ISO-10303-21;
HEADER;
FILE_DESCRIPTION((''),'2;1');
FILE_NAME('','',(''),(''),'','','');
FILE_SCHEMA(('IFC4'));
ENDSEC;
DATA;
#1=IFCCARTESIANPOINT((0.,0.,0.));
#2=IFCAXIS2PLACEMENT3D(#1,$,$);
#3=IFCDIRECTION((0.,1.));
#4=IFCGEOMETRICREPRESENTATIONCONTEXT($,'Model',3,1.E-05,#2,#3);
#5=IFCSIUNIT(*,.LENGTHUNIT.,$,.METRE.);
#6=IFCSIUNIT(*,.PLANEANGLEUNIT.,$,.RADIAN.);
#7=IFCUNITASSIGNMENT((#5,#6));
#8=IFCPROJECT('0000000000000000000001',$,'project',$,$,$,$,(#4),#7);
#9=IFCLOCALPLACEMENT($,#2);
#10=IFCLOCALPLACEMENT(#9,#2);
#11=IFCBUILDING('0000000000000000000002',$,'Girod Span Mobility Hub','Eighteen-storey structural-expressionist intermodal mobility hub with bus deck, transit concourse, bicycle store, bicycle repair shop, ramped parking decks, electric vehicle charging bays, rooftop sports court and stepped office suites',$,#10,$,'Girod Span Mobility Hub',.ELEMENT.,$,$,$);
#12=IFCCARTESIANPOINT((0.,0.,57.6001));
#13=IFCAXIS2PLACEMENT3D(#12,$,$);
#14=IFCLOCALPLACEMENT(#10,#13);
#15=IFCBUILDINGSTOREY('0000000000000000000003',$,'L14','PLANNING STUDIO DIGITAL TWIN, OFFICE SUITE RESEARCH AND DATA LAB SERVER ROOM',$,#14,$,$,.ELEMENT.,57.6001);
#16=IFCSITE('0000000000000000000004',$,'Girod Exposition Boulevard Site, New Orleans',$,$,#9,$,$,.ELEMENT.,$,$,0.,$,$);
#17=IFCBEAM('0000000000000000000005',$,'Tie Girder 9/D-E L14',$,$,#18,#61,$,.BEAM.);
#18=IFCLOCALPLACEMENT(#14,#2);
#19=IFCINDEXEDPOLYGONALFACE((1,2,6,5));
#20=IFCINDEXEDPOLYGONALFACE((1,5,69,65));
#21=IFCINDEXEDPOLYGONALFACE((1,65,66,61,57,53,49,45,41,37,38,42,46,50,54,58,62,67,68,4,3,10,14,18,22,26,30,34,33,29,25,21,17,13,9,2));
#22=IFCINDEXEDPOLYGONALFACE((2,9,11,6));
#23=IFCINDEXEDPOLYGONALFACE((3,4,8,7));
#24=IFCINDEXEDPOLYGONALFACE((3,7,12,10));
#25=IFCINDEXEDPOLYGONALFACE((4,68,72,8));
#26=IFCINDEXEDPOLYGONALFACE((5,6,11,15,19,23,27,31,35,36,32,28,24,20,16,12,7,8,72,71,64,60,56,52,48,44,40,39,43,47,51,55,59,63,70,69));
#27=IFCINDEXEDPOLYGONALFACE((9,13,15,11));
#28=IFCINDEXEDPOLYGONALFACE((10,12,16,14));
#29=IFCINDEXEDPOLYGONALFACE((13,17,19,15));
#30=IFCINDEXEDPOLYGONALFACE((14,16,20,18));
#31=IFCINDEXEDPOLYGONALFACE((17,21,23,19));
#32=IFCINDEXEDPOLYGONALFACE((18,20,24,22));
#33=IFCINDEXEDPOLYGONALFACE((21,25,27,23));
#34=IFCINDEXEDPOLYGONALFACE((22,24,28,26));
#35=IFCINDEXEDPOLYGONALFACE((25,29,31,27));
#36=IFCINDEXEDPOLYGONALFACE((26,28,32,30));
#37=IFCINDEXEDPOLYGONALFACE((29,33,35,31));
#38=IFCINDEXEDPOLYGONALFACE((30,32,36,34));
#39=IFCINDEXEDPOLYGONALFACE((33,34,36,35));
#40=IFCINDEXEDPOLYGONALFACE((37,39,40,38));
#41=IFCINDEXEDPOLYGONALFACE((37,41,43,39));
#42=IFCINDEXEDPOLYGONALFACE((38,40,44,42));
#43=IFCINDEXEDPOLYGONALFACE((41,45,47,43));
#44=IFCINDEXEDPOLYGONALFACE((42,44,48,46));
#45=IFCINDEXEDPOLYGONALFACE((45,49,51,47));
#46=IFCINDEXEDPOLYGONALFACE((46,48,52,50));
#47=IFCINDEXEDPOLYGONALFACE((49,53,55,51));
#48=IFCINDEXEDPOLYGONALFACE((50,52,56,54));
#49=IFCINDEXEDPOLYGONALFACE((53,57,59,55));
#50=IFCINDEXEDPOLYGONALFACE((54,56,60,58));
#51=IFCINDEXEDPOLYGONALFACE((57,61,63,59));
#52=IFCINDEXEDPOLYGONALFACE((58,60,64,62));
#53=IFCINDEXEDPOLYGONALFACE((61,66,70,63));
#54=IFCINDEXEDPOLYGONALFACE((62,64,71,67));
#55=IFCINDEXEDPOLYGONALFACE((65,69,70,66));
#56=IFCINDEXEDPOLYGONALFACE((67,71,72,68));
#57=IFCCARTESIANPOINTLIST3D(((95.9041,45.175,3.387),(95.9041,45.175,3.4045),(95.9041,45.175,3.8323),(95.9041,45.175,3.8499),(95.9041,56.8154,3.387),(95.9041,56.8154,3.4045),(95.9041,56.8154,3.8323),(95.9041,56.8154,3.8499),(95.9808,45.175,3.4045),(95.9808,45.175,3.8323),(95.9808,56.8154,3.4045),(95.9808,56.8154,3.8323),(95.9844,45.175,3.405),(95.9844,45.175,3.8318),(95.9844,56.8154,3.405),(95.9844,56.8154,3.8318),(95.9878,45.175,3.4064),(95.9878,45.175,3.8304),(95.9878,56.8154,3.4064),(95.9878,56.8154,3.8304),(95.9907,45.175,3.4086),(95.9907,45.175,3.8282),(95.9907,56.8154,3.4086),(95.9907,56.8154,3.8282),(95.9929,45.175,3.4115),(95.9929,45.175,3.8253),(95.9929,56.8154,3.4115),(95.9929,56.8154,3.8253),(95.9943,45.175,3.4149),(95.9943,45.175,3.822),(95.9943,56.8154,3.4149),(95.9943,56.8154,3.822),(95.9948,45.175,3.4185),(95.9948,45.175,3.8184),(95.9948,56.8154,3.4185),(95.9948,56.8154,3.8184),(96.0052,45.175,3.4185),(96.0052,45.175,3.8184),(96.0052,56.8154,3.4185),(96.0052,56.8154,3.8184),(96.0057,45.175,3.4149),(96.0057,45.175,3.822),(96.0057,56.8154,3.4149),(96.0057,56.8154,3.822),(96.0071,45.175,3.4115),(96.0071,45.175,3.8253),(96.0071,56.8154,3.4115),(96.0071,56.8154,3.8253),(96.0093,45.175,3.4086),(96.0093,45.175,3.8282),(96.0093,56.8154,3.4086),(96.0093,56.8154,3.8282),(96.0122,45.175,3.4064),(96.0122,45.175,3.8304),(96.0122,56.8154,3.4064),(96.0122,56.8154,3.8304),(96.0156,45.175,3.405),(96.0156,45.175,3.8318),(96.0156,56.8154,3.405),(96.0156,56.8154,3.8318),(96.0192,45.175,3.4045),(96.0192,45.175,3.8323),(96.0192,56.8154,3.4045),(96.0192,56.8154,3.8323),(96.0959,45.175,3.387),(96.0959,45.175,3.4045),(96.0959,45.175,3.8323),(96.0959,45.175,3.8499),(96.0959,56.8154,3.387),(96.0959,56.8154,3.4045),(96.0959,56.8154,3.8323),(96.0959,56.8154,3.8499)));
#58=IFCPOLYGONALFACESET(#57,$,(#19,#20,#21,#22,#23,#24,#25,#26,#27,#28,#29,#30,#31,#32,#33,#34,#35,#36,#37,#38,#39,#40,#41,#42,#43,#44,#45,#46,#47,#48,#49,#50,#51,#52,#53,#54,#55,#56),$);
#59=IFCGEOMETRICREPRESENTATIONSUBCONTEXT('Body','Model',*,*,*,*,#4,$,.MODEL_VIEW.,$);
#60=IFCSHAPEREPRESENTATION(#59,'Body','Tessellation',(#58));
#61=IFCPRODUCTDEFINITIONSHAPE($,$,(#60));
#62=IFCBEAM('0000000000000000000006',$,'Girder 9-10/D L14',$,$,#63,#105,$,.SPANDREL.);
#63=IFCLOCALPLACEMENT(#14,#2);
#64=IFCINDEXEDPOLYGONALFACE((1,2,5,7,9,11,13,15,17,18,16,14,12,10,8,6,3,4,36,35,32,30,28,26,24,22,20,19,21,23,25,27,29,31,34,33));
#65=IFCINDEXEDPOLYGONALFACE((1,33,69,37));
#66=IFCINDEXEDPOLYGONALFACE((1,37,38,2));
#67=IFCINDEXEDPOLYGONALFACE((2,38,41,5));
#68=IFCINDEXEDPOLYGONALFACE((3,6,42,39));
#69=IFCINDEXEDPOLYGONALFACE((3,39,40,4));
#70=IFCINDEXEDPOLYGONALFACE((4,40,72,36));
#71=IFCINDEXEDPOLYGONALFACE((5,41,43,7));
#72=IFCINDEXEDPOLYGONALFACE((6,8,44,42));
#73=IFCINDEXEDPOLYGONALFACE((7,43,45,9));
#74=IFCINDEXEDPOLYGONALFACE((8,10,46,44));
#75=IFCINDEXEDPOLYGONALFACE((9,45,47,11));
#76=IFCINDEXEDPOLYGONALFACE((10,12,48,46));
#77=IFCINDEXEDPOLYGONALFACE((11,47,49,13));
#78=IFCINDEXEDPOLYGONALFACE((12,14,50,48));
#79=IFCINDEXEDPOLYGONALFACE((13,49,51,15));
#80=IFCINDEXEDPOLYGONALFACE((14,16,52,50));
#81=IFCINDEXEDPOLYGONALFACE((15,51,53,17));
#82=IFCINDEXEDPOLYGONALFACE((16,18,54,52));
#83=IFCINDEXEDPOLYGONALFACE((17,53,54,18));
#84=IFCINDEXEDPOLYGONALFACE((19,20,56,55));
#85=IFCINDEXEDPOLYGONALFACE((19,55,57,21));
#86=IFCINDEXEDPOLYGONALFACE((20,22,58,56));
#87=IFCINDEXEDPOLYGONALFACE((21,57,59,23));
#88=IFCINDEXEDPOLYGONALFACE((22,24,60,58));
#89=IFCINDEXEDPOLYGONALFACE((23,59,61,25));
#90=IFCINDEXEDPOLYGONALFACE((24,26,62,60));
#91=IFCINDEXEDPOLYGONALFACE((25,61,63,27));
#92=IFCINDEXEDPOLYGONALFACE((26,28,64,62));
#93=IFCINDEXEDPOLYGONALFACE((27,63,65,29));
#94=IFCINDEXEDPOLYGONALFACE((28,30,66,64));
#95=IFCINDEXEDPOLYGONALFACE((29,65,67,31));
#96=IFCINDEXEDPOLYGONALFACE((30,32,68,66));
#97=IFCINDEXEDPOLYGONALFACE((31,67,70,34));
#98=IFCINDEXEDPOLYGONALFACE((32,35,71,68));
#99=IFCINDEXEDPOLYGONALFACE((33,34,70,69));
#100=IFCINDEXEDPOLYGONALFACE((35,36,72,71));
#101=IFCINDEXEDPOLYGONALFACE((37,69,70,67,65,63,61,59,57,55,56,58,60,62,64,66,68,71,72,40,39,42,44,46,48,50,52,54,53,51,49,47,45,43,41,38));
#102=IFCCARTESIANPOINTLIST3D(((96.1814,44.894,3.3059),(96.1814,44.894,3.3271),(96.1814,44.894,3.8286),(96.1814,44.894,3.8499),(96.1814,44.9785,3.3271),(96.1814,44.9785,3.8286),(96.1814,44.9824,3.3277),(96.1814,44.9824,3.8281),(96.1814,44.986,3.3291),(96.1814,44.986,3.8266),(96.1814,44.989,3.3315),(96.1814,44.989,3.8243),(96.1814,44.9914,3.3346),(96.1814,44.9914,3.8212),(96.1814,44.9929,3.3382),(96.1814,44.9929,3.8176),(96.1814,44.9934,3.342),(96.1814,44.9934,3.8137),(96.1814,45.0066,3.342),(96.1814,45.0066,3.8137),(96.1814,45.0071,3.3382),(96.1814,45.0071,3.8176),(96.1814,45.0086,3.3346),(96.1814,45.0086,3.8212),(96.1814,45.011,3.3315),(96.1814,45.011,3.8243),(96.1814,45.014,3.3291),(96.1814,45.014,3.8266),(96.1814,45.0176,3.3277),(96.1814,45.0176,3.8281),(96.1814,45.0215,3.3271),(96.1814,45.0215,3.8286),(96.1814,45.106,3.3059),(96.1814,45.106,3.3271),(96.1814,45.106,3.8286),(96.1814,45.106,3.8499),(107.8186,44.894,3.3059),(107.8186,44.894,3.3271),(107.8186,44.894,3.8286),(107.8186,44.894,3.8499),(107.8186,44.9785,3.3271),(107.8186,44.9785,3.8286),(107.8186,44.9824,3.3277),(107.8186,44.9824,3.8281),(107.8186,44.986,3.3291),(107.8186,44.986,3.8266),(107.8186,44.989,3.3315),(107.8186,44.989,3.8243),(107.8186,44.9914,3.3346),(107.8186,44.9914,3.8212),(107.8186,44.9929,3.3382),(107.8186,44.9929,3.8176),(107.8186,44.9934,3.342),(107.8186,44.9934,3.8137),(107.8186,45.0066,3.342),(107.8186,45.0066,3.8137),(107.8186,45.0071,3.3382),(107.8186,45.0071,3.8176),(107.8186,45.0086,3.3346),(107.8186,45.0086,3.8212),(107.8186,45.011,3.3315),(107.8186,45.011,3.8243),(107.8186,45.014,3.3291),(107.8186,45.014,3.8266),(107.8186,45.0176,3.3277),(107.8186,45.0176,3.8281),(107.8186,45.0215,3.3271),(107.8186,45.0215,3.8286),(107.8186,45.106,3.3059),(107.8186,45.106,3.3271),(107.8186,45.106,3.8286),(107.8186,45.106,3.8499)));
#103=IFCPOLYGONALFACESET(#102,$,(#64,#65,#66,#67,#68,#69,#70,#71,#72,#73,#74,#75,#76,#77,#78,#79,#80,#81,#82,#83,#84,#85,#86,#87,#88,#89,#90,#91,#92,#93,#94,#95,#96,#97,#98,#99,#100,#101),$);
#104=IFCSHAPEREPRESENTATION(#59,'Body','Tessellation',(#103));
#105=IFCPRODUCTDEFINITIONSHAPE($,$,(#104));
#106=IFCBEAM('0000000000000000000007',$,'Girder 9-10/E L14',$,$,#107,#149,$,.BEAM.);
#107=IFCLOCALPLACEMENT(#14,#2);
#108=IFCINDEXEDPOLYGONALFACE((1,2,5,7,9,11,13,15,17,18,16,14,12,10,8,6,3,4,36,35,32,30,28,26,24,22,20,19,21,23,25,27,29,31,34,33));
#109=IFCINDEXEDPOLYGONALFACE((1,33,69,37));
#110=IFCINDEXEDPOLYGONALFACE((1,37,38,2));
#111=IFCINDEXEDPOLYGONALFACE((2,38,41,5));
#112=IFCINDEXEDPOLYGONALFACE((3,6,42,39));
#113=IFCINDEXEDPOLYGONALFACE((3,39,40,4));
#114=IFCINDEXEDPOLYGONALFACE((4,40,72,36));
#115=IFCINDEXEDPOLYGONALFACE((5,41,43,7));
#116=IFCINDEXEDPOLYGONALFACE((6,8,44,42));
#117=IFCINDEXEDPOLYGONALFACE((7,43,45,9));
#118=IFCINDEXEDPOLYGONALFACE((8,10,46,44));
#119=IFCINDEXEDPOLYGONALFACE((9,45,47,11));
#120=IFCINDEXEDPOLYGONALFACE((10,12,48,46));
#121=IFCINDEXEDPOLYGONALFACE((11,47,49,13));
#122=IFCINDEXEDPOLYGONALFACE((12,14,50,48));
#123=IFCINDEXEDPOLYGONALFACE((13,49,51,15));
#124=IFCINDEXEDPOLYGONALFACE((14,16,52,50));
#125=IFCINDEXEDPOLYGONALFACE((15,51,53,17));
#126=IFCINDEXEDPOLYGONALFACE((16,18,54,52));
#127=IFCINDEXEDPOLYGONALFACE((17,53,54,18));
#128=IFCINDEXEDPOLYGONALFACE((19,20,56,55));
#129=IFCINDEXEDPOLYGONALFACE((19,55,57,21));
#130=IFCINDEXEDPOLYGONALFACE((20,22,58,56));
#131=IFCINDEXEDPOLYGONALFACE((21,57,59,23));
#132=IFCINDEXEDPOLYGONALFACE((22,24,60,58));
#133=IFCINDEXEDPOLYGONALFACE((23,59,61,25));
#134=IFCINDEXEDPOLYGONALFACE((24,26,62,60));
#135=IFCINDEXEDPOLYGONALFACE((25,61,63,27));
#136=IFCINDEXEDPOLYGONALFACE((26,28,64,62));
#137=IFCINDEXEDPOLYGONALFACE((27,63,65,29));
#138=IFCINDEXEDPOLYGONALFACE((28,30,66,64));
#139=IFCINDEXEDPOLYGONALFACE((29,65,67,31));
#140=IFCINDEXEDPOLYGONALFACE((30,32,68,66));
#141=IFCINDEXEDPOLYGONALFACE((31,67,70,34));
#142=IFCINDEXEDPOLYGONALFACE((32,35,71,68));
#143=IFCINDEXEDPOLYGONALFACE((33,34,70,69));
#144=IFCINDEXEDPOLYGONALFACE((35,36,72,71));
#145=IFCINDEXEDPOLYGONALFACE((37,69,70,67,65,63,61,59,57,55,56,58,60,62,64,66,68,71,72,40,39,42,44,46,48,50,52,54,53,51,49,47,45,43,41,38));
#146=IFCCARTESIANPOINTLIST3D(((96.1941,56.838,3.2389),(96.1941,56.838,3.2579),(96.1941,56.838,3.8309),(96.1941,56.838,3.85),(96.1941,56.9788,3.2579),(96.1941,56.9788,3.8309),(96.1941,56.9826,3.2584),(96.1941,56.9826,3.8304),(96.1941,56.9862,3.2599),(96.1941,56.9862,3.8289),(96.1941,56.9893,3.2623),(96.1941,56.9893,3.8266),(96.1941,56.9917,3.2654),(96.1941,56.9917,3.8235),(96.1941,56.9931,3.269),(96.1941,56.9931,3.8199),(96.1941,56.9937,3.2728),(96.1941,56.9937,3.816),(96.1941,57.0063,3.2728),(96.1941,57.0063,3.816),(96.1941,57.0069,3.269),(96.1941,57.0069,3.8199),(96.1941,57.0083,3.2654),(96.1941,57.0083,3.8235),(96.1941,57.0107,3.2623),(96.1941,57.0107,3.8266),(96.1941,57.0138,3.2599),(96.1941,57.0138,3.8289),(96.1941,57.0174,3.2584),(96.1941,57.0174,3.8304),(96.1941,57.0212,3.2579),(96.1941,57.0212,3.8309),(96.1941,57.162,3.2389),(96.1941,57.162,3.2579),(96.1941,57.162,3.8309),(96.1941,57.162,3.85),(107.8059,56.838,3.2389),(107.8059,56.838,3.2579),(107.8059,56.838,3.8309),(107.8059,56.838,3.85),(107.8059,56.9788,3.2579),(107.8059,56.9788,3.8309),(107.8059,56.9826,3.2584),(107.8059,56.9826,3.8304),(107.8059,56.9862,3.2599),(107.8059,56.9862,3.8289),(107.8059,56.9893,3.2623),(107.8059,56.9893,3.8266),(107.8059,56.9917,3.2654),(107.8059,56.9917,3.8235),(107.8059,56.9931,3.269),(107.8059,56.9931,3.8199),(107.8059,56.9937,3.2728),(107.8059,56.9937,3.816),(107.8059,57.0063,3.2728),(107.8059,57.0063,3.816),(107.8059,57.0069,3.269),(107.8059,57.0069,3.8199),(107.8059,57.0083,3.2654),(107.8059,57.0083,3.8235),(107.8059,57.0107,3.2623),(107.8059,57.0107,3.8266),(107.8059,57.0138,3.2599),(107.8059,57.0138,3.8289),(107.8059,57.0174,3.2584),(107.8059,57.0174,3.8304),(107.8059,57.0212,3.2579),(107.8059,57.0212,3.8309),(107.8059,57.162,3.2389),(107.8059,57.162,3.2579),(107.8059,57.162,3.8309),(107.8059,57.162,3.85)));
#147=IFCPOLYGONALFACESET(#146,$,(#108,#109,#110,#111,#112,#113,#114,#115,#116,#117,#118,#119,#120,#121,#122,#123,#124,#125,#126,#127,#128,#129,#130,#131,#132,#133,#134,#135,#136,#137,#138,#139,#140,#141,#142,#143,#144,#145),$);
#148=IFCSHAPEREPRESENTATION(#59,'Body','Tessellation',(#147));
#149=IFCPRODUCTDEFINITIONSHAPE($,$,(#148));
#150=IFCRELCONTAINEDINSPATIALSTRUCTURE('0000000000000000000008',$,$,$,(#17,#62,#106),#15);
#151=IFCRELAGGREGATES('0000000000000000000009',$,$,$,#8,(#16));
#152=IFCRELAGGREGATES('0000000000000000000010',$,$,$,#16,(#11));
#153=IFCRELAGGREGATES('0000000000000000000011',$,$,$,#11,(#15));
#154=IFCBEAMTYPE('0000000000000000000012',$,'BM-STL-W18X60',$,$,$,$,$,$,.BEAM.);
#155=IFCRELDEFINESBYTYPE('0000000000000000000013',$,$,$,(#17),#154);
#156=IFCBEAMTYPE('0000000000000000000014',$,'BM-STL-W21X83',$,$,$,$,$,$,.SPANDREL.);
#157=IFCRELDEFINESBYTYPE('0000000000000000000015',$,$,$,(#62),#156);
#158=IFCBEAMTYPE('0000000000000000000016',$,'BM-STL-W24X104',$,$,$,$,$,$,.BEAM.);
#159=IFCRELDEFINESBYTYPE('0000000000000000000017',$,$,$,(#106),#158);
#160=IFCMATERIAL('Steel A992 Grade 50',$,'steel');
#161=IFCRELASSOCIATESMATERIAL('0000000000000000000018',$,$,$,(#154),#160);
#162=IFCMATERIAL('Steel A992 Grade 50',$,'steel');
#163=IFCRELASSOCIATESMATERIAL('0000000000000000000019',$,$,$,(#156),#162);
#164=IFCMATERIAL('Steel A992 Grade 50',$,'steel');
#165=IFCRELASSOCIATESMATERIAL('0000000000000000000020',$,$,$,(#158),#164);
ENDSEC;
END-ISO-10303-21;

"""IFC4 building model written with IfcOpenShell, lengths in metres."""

from ifc_helpers import new_model, si_unit, direction, frame, origin, origin_2d, place, context, subcontext, project, spatial, i_section, extrude, material, material_profile, profile_set, type_object, element, save


model = new_model("IFC4")

# Units and contexts
model_context = context("Model", 3, precision=1e-05, world=origin(), true_north=direction((0.0, 1.0)))
body_context = subcontext(model_context, "Body", "Model", "MODEL_VIEW")
ifc_project = project(units=[si_unit("LENGTHUNIT", "METRE"), si_unit("PLANEANGLEUNIT", "RADIAN")], contexts=[model_context])

# Site, building, storey
site_placement = place(None, origin())
site = spatial("IfcSite", under=ifc_project, at=site_placement, Name="Girod Exposition Boulevard Site, New Orleans", CompositionType="ELEMENT", RefElevation=0.0)
building_placement = place(site_placement, origin())
building = spatial("IfcBuilding", under=site, at=building_placement, Name="Girod Span Mobility Hub", Description="Eighteen-storey structural-expressionist intermodal mobility hub with bus deck, transit concourse, bicycle store, bicycle repair shop, ramped parking decks, electric vehicle charging bays, rooftop sports court and stepped office suites", LongName="Girod Span Mobility Hub", CompositionType="ELEMENT")
storey_placement = place(building_placement, frame((0.0, 0.0, 57.6001)))
storey = spatial("IfcBuildingStorey", under=building, at=storey_placement, Name="L14", Description="PLANNING STUDIO DIGITAL TWIN, OFFICE SUITE RESEARCH AND DATA LAB SERVER ROOM", CompositionType="ELEMENT", Elevation=57.6001)

# Beams
ifc_material_1 = material(Name="Steel A992 Grade 50", Category="steel")
ifc_material_profile_1 = material_profile(ifc_material_1, i_section(OverallWidth=0.1919, OverallDepth=0.4629, WebThickness=0.0105, FlangeThickness=0.0176, FilletRadius=0.0139, at=origin_2d()), Name="W18X60")
ifc_profile_set_1 = profile_set([ifc_material_profile_1], Name="Steel A992 Grade 50")
beam_type_1 = type_object("IfcBeamType", Name="BM-STL-W18X60", PredefinedType="BEAM", material=ifc_profile_set_1)
beam_1_placement = place(storey_placement, frame((96.0, 45.175, 3.6184), z_axis=(0.0, 1.0, 0.0), x_axis=(-1.0, 0.0, 0.0)))
element("IfcBeam", 1, at=beam_1_placement, inside=storey, type_object=beam_type_1, Name="Tie Girder 9/D-E L14", PredefinedType="BEAM", context=body_context, shape_type="SweptSolid", body=[
    extrude(i_section(OverallWidth=0.1919, OverallDepth=0.4629, WebThickness=0.0105, FlangeThickness=0.0176, FilletRadius=0.0139, at=origin_2d()), origin(), (0.0, 0.0, 1.0), 11.6404),
])
ifc_material_2 = material(Name="Steel A992 Grade 50", Category="steel")
ifc_material_profile_2 = material_profile(ifc_material_2, i_section(OverallWidth=0.2119, OverallDepth=0.5439, WebThickness=0.0132, FlangeThickness=0.0212, FilletRadius=0.0149, at=origin_2d()), Name="W21X83")
ifc_profile_set_2 = profile_set([ifc_material_profile_2], Name="Steel A992 Grade 50")
beam_type_2 = type_object("IfcBeamType", Name="BM-STL-W21X83", PredefinedType="SPANDREL", material=ifc_profile_set_2)
beam_2_placement = place(storey_placement, frame((96.1814, 45.0, 3.5779), z_axis=(1.0, 0.0, 0.0), x_axis=(0.0, 1.0, 0.0)))
element("IfcBeam", 2, at=beam_2_placement, inside=storey, type_object=beam_type_2, Name="Girder 9-10/D L14", PredefinedType="SPANDREL", context=body_context, shape_type="SweptSolid", body=[
    extrude(i_section(OverallWidth=0.2119, OverallDepth=0.5439, WebThickness=0.0132, FlangeThickness=0.0212, FilletRadius=0.0149, at=origin_2d()), origin(), (0.0, 0.0, 1.0), 11.6372),
])
ifc_material_3 = material(Name="Steel A992 Grade 50", Category="steel")
ifc_material_profile_3 = material_profile(ifc_material_3, i_section(OverallWidth=0.324, OverallDepth=0.6111, WebThickness=0.0127, FlangeThickness=0.019, FilletRadius=0.0149, at=origin_2d()), Name="W24X104")
ifc_profile_set_3 = profile_set([ifc_material_profile_3], Name="Steel A992 Grade 50")
beam_type_3 = type_object("IfcBeamType", Name="BM-STL-W24X104", PredefinedType="BEAM", material=ifc_profile_set_3)
beam_3_placement = place(storey_placement, frame((96.1941, 57.0, 3.5444), z_axis=(1.0, 0.0, 0.0), x_axis=(0.0, 1.0, 0.0)))
element("IfcBeam", 3, at=beam_3_placement, inside=storey, type_object=beam_type_3, Name="Girder 9-10/E L14", PredefinedType="BEAM", context=body_context, shape_type="SweptSolid", body=[
    extrude(i_section(OverallWidth=0.324, OverallDepth=0.6111, WebThickness=0.0127, FlangeThickness=0.019, FilletRadius=0.0149, at=origin_2d()), origin(), (0.0, 0.0, 1.0), 11.6118),
])

save(model, "model.ifc")
